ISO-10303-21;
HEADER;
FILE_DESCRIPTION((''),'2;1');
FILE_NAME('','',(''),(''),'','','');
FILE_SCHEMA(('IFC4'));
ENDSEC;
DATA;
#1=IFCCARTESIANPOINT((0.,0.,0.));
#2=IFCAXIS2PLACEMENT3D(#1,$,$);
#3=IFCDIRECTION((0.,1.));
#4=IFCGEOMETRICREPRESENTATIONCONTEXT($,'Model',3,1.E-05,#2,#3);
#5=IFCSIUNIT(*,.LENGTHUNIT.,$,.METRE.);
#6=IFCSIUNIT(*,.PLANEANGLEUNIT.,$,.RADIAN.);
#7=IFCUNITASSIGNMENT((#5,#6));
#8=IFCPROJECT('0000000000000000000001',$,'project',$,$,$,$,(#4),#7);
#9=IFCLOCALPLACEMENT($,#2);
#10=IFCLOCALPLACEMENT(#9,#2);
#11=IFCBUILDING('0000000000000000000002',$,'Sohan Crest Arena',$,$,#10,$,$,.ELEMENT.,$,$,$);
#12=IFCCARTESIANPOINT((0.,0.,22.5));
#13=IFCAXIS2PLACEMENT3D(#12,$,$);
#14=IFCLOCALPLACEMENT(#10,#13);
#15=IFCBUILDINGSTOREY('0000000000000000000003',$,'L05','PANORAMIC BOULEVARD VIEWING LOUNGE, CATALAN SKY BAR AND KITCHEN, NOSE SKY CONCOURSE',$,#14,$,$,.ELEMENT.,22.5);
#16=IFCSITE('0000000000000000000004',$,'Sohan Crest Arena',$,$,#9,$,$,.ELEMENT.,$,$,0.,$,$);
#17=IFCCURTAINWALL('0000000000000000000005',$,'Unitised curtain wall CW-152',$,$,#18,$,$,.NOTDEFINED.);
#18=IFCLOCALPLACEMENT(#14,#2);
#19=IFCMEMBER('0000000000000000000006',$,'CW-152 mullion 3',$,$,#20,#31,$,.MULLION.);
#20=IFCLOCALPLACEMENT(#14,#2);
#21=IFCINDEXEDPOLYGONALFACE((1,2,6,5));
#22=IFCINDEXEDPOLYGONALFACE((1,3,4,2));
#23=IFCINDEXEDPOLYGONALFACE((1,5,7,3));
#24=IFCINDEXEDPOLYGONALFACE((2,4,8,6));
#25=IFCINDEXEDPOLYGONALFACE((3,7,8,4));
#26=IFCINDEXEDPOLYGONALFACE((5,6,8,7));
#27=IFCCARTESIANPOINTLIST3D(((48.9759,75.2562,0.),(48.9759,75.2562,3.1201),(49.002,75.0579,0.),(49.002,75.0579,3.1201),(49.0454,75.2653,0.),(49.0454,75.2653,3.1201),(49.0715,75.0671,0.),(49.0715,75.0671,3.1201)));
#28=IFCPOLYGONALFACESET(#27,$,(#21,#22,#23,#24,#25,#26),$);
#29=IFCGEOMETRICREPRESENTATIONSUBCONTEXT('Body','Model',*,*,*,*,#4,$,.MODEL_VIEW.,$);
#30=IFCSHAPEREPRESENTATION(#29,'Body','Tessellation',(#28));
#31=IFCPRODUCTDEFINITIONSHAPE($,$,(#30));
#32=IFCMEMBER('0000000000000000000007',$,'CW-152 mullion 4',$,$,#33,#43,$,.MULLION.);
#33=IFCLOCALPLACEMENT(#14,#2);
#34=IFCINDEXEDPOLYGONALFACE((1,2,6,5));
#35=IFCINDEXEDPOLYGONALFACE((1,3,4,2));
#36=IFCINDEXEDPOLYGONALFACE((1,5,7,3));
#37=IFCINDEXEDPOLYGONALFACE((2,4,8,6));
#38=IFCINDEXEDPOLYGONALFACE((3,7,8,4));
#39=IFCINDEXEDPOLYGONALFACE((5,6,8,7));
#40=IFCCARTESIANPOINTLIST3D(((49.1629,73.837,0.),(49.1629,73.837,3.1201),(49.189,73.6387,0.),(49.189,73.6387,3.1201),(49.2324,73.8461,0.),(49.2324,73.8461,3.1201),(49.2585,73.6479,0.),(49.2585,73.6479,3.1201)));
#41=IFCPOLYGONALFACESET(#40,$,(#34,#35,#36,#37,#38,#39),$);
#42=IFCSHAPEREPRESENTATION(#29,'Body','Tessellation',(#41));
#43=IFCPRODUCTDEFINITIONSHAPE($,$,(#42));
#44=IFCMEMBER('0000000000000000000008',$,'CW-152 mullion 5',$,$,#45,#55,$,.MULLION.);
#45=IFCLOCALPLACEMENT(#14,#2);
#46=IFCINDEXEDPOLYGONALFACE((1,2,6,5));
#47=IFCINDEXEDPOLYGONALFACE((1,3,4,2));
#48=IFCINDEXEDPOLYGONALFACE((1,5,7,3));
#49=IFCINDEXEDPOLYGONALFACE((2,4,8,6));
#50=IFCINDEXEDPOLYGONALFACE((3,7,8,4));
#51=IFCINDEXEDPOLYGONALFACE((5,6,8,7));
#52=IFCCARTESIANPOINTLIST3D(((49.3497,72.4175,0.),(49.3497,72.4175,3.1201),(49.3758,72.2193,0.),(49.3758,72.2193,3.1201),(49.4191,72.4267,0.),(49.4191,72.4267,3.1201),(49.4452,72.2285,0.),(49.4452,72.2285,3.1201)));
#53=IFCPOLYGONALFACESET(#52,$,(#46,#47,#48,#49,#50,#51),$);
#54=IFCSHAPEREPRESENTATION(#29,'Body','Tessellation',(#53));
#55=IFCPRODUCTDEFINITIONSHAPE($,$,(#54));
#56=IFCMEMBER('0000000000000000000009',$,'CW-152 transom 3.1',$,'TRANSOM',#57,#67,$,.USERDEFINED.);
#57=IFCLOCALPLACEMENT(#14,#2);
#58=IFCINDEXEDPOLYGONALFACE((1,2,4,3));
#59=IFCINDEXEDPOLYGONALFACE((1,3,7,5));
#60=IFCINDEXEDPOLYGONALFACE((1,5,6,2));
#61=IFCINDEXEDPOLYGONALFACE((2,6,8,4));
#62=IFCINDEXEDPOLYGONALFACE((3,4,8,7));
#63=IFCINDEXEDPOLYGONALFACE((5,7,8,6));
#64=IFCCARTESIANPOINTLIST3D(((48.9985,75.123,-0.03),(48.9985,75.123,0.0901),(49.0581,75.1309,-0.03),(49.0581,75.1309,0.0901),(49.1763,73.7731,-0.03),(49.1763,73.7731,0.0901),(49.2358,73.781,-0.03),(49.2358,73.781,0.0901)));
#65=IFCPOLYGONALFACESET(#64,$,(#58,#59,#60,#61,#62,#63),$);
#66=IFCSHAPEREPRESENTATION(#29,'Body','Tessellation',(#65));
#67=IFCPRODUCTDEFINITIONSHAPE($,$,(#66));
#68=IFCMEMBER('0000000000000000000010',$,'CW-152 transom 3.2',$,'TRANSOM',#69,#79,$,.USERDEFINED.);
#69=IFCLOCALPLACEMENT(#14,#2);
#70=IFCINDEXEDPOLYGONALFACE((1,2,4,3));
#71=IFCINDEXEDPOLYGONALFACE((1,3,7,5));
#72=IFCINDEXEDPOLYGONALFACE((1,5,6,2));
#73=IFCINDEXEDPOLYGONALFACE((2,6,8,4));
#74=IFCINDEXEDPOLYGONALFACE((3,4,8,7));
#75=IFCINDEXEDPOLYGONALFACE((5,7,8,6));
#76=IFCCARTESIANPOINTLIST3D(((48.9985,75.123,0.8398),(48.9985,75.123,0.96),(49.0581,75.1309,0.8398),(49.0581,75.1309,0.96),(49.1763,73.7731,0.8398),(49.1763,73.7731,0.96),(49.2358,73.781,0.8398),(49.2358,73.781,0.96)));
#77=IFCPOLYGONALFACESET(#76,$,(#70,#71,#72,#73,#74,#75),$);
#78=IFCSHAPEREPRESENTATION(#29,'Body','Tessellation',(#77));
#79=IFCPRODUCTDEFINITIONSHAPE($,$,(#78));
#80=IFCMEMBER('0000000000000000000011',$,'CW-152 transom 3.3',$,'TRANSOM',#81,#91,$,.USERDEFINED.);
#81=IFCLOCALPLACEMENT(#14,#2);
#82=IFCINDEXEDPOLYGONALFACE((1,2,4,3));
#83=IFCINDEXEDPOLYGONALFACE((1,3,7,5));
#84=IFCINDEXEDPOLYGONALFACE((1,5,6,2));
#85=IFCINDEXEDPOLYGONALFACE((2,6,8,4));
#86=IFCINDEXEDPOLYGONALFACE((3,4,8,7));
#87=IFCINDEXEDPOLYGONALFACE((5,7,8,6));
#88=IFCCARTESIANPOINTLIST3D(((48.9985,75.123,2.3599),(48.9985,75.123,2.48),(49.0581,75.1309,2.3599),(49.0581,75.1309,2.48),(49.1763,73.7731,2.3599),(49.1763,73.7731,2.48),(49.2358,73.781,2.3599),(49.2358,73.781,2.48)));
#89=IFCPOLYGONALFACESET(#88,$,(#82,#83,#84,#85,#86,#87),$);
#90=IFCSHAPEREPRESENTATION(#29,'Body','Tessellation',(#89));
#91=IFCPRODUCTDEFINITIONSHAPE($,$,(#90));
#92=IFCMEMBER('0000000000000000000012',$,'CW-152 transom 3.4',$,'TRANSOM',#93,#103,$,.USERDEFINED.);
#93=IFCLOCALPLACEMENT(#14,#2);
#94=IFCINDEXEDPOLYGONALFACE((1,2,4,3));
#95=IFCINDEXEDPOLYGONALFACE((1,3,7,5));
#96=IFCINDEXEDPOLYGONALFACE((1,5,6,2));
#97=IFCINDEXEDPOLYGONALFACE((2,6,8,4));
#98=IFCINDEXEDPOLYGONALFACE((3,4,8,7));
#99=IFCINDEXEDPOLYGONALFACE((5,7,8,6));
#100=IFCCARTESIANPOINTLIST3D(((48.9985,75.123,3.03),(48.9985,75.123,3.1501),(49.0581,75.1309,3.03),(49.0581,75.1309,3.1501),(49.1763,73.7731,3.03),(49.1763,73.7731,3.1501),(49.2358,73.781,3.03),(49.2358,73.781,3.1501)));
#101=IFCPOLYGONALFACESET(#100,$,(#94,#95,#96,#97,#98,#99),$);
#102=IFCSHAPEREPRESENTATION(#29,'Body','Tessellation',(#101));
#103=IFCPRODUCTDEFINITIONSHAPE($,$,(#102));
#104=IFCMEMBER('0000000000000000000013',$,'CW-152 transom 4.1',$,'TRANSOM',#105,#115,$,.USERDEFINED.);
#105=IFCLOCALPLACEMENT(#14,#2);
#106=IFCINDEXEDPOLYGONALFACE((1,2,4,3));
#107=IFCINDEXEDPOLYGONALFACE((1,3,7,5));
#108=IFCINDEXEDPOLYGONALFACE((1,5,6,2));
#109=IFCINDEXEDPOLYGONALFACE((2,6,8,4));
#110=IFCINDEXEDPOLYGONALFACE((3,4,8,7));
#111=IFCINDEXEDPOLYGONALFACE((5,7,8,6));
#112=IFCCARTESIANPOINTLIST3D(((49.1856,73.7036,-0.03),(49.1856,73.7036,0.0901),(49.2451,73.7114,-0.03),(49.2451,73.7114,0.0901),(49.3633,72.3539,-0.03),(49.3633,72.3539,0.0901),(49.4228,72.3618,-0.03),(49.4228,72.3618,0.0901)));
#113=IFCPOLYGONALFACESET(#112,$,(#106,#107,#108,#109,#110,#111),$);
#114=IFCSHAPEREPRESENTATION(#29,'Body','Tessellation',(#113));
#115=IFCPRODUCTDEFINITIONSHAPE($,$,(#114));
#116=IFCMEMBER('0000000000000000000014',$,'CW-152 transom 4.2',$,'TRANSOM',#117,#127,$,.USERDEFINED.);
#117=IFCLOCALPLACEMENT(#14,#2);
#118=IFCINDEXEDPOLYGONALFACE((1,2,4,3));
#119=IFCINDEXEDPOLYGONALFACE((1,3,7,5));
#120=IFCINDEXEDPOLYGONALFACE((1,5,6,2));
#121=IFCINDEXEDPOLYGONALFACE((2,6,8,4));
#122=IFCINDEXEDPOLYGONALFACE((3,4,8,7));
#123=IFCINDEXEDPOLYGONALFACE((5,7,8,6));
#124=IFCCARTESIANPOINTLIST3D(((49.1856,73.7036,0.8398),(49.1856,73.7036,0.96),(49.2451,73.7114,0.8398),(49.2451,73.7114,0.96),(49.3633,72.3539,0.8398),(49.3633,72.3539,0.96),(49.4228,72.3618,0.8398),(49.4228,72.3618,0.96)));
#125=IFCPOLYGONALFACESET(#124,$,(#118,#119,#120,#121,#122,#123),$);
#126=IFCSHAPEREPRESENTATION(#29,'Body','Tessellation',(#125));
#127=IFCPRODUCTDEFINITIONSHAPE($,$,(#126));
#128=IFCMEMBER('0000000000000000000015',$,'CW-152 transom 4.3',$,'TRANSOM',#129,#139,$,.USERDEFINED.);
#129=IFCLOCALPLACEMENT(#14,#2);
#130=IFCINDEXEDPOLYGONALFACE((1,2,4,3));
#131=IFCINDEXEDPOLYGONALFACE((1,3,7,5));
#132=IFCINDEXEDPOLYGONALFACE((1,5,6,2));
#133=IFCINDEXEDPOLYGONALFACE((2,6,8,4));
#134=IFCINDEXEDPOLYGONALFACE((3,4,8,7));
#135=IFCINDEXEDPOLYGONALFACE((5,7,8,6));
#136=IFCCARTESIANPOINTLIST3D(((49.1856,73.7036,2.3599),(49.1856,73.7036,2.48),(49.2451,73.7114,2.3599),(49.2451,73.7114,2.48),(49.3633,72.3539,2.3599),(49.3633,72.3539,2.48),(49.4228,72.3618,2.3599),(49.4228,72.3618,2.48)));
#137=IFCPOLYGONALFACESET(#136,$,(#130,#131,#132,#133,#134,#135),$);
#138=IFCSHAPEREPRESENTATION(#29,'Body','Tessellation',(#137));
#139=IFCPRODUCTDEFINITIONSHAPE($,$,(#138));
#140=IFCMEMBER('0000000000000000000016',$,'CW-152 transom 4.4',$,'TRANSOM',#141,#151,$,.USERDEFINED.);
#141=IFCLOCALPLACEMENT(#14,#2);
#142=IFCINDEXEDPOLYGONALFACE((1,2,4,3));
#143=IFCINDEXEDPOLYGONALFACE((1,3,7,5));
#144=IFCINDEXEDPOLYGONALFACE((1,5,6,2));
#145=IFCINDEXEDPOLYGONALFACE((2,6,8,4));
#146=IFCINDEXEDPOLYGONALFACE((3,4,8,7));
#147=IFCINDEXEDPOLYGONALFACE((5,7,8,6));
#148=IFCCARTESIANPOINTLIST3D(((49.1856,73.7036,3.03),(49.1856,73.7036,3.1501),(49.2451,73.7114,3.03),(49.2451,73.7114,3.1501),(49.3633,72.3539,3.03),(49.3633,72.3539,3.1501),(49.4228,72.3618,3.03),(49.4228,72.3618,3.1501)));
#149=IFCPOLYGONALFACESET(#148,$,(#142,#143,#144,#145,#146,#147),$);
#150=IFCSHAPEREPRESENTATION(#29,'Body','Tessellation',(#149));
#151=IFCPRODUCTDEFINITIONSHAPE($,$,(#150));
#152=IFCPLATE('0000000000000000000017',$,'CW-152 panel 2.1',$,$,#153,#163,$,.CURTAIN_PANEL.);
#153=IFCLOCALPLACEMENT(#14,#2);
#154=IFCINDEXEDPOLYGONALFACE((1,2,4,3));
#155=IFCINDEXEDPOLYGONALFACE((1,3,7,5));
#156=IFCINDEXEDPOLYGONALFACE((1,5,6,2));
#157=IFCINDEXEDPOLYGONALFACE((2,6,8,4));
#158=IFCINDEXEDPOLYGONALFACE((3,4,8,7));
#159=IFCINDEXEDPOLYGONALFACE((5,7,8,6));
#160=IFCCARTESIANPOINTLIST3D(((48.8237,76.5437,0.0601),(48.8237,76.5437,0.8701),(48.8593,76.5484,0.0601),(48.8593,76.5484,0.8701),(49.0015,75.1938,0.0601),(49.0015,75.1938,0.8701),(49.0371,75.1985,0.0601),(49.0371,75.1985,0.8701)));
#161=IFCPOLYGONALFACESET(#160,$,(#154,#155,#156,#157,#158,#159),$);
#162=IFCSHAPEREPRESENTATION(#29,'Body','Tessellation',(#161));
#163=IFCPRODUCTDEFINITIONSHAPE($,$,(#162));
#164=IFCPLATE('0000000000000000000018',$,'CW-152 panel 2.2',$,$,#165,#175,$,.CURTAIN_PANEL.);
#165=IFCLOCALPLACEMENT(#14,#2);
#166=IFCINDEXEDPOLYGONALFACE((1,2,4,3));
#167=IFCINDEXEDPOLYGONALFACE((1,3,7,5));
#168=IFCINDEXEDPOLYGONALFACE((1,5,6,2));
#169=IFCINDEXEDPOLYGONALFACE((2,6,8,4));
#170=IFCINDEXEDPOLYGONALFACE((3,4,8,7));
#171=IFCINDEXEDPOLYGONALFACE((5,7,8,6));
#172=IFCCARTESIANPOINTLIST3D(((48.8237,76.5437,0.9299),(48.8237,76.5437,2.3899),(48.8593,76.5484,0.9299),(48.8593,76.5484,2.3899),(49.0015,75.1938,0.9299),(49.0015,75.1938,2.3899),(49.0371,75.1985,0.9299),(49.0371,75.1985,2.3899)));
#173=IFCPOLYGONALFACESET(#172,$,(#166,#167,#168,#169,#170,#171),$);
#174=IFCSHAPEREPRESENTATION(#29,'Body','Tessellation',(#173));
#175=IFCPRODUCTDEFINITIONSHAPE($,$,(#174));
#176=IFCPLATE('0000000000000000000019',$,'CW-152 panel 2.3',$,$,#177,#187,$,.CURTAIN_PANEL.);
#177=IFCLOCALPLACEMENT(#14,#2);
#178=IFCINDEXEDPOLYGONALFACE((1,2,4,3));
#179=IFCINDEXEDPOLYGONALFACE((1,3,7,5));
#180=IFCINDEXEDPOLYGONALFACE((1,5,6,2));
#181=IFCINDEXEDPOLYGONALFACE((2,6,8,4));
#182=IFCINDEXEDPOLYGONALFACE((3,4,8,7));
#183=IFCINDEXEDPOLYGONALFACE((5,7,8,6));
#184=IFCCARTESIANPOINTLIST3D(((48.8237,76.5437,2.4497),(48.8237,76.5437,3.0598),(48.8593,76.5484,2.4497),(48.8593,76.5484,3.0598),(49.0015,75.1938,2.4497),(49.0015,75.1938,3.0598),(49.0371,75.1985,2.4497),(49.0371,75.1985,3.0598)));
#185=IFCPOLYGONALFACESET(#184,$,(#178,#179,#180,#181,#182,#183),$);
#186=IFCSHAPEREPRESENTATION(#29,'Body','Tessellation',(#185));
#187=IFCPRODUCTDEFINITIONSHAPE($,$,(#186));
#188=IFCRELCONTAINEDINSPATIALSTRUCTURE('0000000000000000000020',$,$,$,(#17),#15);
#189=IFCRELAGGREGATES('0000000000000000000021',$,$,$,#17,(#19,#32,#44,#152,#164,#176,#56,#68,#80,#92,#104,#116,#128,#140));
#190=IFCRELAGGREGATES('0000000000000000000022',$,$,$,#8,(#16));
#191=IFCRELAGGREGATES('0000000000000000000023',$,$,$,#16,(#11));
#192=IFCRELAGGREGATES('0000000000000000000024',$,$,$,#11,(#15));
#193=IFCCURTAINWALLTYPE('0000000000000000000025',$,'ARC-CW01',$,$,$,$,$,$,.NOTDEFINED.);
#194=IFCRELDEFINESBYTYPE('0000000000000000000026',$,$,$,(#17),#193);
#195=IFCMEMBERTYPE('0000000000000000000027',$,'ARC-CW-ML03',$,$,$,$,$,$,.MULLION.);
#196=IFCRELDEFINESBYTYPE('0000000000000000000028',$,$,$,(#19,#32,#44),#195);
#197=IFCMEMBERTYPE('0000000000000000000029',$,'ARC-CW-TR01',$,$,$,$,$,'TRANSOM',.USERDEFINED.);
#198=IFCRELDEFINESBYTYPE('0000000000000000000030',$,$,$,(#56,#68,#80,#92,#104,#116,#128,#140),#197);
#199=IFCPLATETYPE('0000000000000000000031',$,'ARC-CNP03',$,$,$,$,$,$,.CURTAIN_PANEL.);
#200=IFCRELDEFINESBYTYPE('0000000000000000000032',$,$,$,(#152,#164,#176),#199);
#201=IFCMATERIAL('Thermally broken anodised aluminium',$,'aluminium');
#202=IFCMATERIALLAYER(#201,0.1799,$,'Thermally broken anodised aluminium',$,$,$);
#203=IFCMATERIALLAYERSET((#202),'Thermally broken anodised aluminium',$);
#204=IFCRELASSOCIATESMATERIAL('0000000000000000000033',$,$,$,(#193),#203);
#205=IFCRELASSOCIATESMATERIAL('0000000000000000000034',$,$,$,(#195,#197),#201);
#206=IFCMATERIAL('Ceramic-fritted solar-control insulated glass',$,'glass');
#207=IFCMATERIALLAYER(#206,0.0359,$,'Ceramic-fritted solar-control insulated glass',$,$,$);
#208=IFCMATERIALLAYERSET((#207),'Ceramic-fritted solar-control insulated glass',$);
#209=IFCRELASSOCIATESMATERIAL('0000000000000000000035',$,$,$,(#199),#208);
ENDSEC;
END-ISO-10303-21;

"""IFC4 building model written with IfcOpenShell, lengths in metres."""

from ifc_helpers import new_model, si_unit, direction, frame, origin, origin_2d, place, context, subcontext, project, spatial, rectangle, extrude, material, layer, layer_set, material_profile, profile_set, type_object, element, aggregate, save


model = new_model("IFC4")

# Units and contexts
model_context = context("Model", 3, precision=1e-05, world=origin(), true_north=direction((0.0, 1.0)))
body_context = subcontext(model_context, "Body", "Model", "MODEL_VIEW")
ifc_project = project(units=[si_unit("LENGTHUNIT", "METRE"), si_unit("PLANEANGLEUNIT", "RADIAN")], contexts=[model_context])

# Site, building, storey
site_placement = place(None, origin())
site = spatial("IfcSite", under=ifc_project, at=site_placement, Name="Sohan Crest Arena", CompositionType="ELEMENT", RefElevation=0.0)
building_placement = place(site_placement, origin())
building = spatial("IfcBuilding", under=site, at=building_placement, Name="Sohan Crest Arena", CompositionType="ELEMENT")
storey_placement = place(building_placement, frame((0.0, 0.0, 22.5)))
storey = spatial("IfcBuildingStorey", under=building, at=storey_placement, Name="L05", Description="PANORAMIC BOULEVARD VIEWING LOUNGE, CATALAN SKY BAR AND KITCHEN, NOSE SKY CONCOURSE", CompositionType="ELEMENT", Elevation=22.5)

# Curtain wall, members, plates
ifc_material_1 = material(Name="Thermally broken anodised aluminium", Category="aluminium")
ifc_layer_1 = layer(ifc_material_1, 0.1799, Name="Thermally broken anodised aluminium")
ifc_layer_set_1 = layer_set([ifc_layer_1], Name="Thermally broken anodised aluminium")
curtain_wall_type = type_object("IfcCurtainWallType", Name="ARC-CW01", PredefinedType="NOTDEFINED", material=ifc_layer_set_1)
curtain_wall_placement = place(storey_placement, origin())
curtain_wall = element("IfcCurtainWall", 1, at=curtain_wall_placement, inside=storey, type_object=curtain_wall_type, Name="Unitised curtain wall CW-152", PredefinedType="NOTDEFINED")
ifc_material_profile_1 = material_profile(ifc_material_1, rectangle(XDim=0.0701, YDim=0.2, at=origin_2d()), Name="ALU-MULL 70x200")
ifc_profile_set_1 = profile_set([ifc_material_profile_1], Name="Thermally broken anodised aluminium")
member_type_1 = type_object("IfcMemberType", Name="ARC-CW-ML03", PredefinedType="MULLION", material=ifc_profile_set_1)
member_1_placement = place(storey_placement, frame((49.0237, 75.1616, 0.0), z_axis=(0.0, 0.0, 1.0), x_axis=(0.991441, 0.130557, 0.0)))
member_1 = element("IfcMember", 2, at=member_1_placement, type_object=member_type_1, Name="CW-152 mullion 3", PredefinedType="MULLION", context=body_context, shape_type="SweptSolid", body=[
    extrude(rectangle(XDim=0.0701, YDim=0.2, at=origin_2d()), origin(), (0.0, 0.0, 1.0), 3.1201),
])
member_2_placement = place(storey_placement, frame((49.2107, 73.7424, 0.0), z_axis=(0.0, 0.0, 1.0), x_axis=(0.991441, 0.130557, 0.0)))
member_2 = element("IfcMember", 3, at=member_2_placement, type_object=member_type_1, Name="CW-152 mullion 4", PredefinedType="MULLION", context=body_context, shape_type="SweptSolid", body=[
    extrude(rectangle(XDim=0.0701, YDim=0.2, at=origin_2d()), origin(), (0.0, 0.0, 1.0), 3.1201),
])
member_3_placement = place(storey_placement, frame((49.3975, 72.323, 0.0), z_axis=(0.0, 0.0, 1.0), x_axis=(0.991441, 0.130557, 0.0)))
member_3 = element("IfcMember", 4, at=member_3_placement, type_object=member_type_1, Name="CW-152 mullion 5", PredefinedType="MULLION", context=body_context, shape_type="SweptSolid", body=[
    extrude(rectangle(XDim=0.0701, YDim=0.2, at=origin_2d()), origin(), (0.0, 0.0, 1.0), 3.1201),
])
ifc_material_profile_2 = material_profile(ifc_material_1, rectangle(XDim=0.0601, YDim=0.1201, at=origin_2d()), Name="ALU-TRAN 60x120")
ifc_profile_set_2 = profile_set([ifc_material_profile_2], Name="Thermally broken anodised aluminium")
member_type_2 = type_object("IfcMemberType", Name="ARC-CW-TR01", ElementType="TRANSOM", PredefinedType="USERDEFINED", material=ifc_profile_set_2)
member_4_placement = place(storey_placement, frame((49.0283, 75.127, 0.03), z_axis=(0.130543, -0.991443, 0.0), x_axis=(0.991443, 0.130543, 0.0)))
member_4 = element("IfcMember", 5, at=member_4_placement, type_object=member_type_2, Name="CW-152 transom 3.1", ObjectType="TRANSOM", PredefinedType="USERDEFINED", context=body_context, shape_type="SweptSolid", body=[
    extrude(rectangle(XDim=0.0601, YDim=0.1201, at=origin_2d()), origin(), (0.0, 0.0, 1.0), 1.3616),
])
member_5_placement = place(storey_placement, frame((49.0283, 75.127, 0.8999), z_axis=(0.130543, -0.991443, 0.0), x_axis=(0.991443, 0.130543, 0.0)))
member_5 = element("IfcMember", 6, at=member_5_placement, type_object=member_type_2, Name="CW-152 transom 3.2", ObjectType="TRANSOM", PredefinedType="USERDEFINED", context=body_context, shape_type="SweptSolid", body=[
    extrude(rectangle(XDim=0.0601, YDim=0.1201, at=origin_2d()), origin(), (0.0, 0.0, 1.0), 1.3616),
])
member_6_placement = place(storey_placement, frame((49.0283, 75.127, 2.4199), z_axis=(0.130543, -0.991443, 0.0), x_axis=(0.991443, 0.130543, 0.0)))
member_6 = element("IfcMember", 7, at=member_6_placement, type_object=member_type_2, Name="CW-152 transom 3.3", ObjectType="TRANSOM", PredefinedType="USERDEFINED", context=body_context, shape_type="SweptSolid", body=[
    extrude(rectangle(XDim=0.0601, YDim=0.1201, at=origin_2d()), origin(), (0.0, 0.0, 1.0), 1.3616),
])
member_7_placement = place(storey_placement, frame((49.0283, 75.127, 3.0901), z_axis=(0.130543, -0.991443, 0.0), x_axis=(0.991443, 0.130543, 0.0)))
member_7 = element("IfcMember", 8, at=member_7_placement, type_object=member_type_2, Name="CW-152 transom 3.4", ObjectType="TRANSOM", PredefinedType="USERDEFINED", context=body_context, shape_type="SweptSolid", body=[
    extrude(rectangle(XDim=0.0601, YDim=0.1201, at=origin_2d()), origin(), (0.0, 0.0, 1.0), 1.3616),
])
member_8_placement = place(storey_placement, frame((49.2153, 73.7075, 0.03), z_axis=(0.130566, -0.99144, 0.0), x_axis=(0.99144, 0.130566, 0.0)))
member_8 = element("IfcMember", 9, at=member_8_placement, type_object=member_type_2, Name="CW-152 transom 4.1", ObjectType="TRANSOM", PredefinedType="USERDEFINED", context=body_context, shape_type="SweptSolid", body=[
    extrude(rectangle(XDim=0.0601, YDim=0.1201, at=origin_2d()), origin(), (0.0, 0.0, 1.0), 1.3613),
])
member_9_placement = place(storey_placement, frame((49.2153, 73.7075, 0.8999), z_axis=(0.130566, -0.99144, 0.0), x_axis=(0.99144, 0.130566, 0.0)))
member_9 = element("IfcMember", 10, at=member_9_placement, type_object=member_type_2, Name="CW-152 transom 4.2", ObjectType="TRANSOM", PredefinedType="USERDEFINED", context=body_context, shape_type="SweptSolid", body=[
    extrude(rectangle(XDim=0.0601, YDim=0.1201, at=origin_2d()), origin(), (0.0, 0.0, 1.0), 1.3613),
])
member_10_placement = place(storey_placement, frame((49.2153, 73.7075, 2.4199), z_axis=(0.130566, -0.99144, 0.0), x_axis=(0.99144, 0.130566, 0.0)))
member_10 = element("IfcMember", 11, at=member_10_placement, type_object=member_type_2, Name="CW-152 transom 4.3", ObjectType="TRANSOM", PredefinedType="USERDEFINED", context=body_context, shape_type="SweptSolid", body=[
    extrude(rectangle(XDim=0.0601, YDim=0.1201, at=origin_2d()), origin(), (0.0, 0.0, 1.0), 1.3613),
])
member_11_placement = place(storey_placement, frame((49.2153, 73.7075, 3.0901), z_axis=(0.130566, -0.99144, 0.0), x_axis=(0.99144, 0.130566, 0.0)))
member_11 = element("IfcMember", 12, at=member_11_placement, type_object=member_type_2, Name="CW-152 transom 4.4", ObjectType="TRANSOM", PredefinedType="USERDEFINED", context=body_context, shape_type="SweptSolid", body=[
    extrude(rectangle(XDim=0.0601, YDim=0.1201, at=origin_2d()), origin(), (0.0, 0.0, 1.0), 1.3613),
])
ifc_material_2 = material(Name="Ceramic-fritted solar-control insulated glass", Category="glass")
ifc_layer_2 = layer(ifc_material_2, 0.0359, Name="Ceramic-fritted solar-control insulated glass")
ifc_layer_set_2 = layer_set([ifc_layer_2], Name="Ceramic-fritted solar-control insulated glass")
plate_type = type_object("IfcPlateType", Name="ARC-CNP03", PredefinedType="CURTAIN_PANEL", material=ifc_layer_set_2)
plate_1_placement = place(storey_placement, frame((48.9304, 75.8711, 0.0601), z_axis=(0.0, 0.0, 1.0), x_axis=(0.130557, -0.991441, 0.0)))
plate_1 = element("IfcPlate", 13, at=plate_1_placement, type_object=plate_type, Name="CW-152 panel 2.1", PredefinedType="CURTAIN_PANEL", context=body_context, shape_type="SweptSolid", body=[
    extrude(rectangle(XDim=1.3616, YDim=0.0359, at=origin_2d()), origin(), (0.0, 0.0, 1.0), 0.8101),
])
plate_2_placement = place(storey_placement, frame((48.9304, 75.8711, 0.9299), z_axis=(0.0, 0.0, 1.0), x_axis=(0.130557, -0.991441, 0.0)))
plate_2 = element("IfcPlate", 14, at=plate_2_placement, type_object=plate_type, Name="CW-152 panel 2.2", PredefinedType="CURTAIN_PANEL", context=body_context, shape_type="SweptSolid", body=[
    extrude(rectangle(XDim=1.3616, YDim=0.0359, at=origin_2d()), origin(), (0.0, 0.0, 1.0), 1.46),
])
plate_3_placement = place(storey_placement, frame((48.9304, 75.8711, 2.4497), z_axis=(0.0, 0.0, 1.0), x_axis=(0.130557, -0.991441, 0.0)))
plate_3 = element("IfcPlate", 15, at=plate_3_placement, type_object=plate_type, Name="CW-152 panel 2.3", PredefinedType="CURTAIN_PANEL", context=body_context, shape_type="SweptSolid", body=[
    extrude(rectangle(XDim=1.3616, YDim=0.0359, at=origin_2d()), origin(), (0.0, 0.0, 1.0), 0.6101),
])
aggregate(curtain_wall, [member_1, member_2, member_3, plate_1, plate_2, plate_3, member_4, member_5, member_6, member_7, member_8, member_9, member_10, member_11])

save(model, "model.ifc")
